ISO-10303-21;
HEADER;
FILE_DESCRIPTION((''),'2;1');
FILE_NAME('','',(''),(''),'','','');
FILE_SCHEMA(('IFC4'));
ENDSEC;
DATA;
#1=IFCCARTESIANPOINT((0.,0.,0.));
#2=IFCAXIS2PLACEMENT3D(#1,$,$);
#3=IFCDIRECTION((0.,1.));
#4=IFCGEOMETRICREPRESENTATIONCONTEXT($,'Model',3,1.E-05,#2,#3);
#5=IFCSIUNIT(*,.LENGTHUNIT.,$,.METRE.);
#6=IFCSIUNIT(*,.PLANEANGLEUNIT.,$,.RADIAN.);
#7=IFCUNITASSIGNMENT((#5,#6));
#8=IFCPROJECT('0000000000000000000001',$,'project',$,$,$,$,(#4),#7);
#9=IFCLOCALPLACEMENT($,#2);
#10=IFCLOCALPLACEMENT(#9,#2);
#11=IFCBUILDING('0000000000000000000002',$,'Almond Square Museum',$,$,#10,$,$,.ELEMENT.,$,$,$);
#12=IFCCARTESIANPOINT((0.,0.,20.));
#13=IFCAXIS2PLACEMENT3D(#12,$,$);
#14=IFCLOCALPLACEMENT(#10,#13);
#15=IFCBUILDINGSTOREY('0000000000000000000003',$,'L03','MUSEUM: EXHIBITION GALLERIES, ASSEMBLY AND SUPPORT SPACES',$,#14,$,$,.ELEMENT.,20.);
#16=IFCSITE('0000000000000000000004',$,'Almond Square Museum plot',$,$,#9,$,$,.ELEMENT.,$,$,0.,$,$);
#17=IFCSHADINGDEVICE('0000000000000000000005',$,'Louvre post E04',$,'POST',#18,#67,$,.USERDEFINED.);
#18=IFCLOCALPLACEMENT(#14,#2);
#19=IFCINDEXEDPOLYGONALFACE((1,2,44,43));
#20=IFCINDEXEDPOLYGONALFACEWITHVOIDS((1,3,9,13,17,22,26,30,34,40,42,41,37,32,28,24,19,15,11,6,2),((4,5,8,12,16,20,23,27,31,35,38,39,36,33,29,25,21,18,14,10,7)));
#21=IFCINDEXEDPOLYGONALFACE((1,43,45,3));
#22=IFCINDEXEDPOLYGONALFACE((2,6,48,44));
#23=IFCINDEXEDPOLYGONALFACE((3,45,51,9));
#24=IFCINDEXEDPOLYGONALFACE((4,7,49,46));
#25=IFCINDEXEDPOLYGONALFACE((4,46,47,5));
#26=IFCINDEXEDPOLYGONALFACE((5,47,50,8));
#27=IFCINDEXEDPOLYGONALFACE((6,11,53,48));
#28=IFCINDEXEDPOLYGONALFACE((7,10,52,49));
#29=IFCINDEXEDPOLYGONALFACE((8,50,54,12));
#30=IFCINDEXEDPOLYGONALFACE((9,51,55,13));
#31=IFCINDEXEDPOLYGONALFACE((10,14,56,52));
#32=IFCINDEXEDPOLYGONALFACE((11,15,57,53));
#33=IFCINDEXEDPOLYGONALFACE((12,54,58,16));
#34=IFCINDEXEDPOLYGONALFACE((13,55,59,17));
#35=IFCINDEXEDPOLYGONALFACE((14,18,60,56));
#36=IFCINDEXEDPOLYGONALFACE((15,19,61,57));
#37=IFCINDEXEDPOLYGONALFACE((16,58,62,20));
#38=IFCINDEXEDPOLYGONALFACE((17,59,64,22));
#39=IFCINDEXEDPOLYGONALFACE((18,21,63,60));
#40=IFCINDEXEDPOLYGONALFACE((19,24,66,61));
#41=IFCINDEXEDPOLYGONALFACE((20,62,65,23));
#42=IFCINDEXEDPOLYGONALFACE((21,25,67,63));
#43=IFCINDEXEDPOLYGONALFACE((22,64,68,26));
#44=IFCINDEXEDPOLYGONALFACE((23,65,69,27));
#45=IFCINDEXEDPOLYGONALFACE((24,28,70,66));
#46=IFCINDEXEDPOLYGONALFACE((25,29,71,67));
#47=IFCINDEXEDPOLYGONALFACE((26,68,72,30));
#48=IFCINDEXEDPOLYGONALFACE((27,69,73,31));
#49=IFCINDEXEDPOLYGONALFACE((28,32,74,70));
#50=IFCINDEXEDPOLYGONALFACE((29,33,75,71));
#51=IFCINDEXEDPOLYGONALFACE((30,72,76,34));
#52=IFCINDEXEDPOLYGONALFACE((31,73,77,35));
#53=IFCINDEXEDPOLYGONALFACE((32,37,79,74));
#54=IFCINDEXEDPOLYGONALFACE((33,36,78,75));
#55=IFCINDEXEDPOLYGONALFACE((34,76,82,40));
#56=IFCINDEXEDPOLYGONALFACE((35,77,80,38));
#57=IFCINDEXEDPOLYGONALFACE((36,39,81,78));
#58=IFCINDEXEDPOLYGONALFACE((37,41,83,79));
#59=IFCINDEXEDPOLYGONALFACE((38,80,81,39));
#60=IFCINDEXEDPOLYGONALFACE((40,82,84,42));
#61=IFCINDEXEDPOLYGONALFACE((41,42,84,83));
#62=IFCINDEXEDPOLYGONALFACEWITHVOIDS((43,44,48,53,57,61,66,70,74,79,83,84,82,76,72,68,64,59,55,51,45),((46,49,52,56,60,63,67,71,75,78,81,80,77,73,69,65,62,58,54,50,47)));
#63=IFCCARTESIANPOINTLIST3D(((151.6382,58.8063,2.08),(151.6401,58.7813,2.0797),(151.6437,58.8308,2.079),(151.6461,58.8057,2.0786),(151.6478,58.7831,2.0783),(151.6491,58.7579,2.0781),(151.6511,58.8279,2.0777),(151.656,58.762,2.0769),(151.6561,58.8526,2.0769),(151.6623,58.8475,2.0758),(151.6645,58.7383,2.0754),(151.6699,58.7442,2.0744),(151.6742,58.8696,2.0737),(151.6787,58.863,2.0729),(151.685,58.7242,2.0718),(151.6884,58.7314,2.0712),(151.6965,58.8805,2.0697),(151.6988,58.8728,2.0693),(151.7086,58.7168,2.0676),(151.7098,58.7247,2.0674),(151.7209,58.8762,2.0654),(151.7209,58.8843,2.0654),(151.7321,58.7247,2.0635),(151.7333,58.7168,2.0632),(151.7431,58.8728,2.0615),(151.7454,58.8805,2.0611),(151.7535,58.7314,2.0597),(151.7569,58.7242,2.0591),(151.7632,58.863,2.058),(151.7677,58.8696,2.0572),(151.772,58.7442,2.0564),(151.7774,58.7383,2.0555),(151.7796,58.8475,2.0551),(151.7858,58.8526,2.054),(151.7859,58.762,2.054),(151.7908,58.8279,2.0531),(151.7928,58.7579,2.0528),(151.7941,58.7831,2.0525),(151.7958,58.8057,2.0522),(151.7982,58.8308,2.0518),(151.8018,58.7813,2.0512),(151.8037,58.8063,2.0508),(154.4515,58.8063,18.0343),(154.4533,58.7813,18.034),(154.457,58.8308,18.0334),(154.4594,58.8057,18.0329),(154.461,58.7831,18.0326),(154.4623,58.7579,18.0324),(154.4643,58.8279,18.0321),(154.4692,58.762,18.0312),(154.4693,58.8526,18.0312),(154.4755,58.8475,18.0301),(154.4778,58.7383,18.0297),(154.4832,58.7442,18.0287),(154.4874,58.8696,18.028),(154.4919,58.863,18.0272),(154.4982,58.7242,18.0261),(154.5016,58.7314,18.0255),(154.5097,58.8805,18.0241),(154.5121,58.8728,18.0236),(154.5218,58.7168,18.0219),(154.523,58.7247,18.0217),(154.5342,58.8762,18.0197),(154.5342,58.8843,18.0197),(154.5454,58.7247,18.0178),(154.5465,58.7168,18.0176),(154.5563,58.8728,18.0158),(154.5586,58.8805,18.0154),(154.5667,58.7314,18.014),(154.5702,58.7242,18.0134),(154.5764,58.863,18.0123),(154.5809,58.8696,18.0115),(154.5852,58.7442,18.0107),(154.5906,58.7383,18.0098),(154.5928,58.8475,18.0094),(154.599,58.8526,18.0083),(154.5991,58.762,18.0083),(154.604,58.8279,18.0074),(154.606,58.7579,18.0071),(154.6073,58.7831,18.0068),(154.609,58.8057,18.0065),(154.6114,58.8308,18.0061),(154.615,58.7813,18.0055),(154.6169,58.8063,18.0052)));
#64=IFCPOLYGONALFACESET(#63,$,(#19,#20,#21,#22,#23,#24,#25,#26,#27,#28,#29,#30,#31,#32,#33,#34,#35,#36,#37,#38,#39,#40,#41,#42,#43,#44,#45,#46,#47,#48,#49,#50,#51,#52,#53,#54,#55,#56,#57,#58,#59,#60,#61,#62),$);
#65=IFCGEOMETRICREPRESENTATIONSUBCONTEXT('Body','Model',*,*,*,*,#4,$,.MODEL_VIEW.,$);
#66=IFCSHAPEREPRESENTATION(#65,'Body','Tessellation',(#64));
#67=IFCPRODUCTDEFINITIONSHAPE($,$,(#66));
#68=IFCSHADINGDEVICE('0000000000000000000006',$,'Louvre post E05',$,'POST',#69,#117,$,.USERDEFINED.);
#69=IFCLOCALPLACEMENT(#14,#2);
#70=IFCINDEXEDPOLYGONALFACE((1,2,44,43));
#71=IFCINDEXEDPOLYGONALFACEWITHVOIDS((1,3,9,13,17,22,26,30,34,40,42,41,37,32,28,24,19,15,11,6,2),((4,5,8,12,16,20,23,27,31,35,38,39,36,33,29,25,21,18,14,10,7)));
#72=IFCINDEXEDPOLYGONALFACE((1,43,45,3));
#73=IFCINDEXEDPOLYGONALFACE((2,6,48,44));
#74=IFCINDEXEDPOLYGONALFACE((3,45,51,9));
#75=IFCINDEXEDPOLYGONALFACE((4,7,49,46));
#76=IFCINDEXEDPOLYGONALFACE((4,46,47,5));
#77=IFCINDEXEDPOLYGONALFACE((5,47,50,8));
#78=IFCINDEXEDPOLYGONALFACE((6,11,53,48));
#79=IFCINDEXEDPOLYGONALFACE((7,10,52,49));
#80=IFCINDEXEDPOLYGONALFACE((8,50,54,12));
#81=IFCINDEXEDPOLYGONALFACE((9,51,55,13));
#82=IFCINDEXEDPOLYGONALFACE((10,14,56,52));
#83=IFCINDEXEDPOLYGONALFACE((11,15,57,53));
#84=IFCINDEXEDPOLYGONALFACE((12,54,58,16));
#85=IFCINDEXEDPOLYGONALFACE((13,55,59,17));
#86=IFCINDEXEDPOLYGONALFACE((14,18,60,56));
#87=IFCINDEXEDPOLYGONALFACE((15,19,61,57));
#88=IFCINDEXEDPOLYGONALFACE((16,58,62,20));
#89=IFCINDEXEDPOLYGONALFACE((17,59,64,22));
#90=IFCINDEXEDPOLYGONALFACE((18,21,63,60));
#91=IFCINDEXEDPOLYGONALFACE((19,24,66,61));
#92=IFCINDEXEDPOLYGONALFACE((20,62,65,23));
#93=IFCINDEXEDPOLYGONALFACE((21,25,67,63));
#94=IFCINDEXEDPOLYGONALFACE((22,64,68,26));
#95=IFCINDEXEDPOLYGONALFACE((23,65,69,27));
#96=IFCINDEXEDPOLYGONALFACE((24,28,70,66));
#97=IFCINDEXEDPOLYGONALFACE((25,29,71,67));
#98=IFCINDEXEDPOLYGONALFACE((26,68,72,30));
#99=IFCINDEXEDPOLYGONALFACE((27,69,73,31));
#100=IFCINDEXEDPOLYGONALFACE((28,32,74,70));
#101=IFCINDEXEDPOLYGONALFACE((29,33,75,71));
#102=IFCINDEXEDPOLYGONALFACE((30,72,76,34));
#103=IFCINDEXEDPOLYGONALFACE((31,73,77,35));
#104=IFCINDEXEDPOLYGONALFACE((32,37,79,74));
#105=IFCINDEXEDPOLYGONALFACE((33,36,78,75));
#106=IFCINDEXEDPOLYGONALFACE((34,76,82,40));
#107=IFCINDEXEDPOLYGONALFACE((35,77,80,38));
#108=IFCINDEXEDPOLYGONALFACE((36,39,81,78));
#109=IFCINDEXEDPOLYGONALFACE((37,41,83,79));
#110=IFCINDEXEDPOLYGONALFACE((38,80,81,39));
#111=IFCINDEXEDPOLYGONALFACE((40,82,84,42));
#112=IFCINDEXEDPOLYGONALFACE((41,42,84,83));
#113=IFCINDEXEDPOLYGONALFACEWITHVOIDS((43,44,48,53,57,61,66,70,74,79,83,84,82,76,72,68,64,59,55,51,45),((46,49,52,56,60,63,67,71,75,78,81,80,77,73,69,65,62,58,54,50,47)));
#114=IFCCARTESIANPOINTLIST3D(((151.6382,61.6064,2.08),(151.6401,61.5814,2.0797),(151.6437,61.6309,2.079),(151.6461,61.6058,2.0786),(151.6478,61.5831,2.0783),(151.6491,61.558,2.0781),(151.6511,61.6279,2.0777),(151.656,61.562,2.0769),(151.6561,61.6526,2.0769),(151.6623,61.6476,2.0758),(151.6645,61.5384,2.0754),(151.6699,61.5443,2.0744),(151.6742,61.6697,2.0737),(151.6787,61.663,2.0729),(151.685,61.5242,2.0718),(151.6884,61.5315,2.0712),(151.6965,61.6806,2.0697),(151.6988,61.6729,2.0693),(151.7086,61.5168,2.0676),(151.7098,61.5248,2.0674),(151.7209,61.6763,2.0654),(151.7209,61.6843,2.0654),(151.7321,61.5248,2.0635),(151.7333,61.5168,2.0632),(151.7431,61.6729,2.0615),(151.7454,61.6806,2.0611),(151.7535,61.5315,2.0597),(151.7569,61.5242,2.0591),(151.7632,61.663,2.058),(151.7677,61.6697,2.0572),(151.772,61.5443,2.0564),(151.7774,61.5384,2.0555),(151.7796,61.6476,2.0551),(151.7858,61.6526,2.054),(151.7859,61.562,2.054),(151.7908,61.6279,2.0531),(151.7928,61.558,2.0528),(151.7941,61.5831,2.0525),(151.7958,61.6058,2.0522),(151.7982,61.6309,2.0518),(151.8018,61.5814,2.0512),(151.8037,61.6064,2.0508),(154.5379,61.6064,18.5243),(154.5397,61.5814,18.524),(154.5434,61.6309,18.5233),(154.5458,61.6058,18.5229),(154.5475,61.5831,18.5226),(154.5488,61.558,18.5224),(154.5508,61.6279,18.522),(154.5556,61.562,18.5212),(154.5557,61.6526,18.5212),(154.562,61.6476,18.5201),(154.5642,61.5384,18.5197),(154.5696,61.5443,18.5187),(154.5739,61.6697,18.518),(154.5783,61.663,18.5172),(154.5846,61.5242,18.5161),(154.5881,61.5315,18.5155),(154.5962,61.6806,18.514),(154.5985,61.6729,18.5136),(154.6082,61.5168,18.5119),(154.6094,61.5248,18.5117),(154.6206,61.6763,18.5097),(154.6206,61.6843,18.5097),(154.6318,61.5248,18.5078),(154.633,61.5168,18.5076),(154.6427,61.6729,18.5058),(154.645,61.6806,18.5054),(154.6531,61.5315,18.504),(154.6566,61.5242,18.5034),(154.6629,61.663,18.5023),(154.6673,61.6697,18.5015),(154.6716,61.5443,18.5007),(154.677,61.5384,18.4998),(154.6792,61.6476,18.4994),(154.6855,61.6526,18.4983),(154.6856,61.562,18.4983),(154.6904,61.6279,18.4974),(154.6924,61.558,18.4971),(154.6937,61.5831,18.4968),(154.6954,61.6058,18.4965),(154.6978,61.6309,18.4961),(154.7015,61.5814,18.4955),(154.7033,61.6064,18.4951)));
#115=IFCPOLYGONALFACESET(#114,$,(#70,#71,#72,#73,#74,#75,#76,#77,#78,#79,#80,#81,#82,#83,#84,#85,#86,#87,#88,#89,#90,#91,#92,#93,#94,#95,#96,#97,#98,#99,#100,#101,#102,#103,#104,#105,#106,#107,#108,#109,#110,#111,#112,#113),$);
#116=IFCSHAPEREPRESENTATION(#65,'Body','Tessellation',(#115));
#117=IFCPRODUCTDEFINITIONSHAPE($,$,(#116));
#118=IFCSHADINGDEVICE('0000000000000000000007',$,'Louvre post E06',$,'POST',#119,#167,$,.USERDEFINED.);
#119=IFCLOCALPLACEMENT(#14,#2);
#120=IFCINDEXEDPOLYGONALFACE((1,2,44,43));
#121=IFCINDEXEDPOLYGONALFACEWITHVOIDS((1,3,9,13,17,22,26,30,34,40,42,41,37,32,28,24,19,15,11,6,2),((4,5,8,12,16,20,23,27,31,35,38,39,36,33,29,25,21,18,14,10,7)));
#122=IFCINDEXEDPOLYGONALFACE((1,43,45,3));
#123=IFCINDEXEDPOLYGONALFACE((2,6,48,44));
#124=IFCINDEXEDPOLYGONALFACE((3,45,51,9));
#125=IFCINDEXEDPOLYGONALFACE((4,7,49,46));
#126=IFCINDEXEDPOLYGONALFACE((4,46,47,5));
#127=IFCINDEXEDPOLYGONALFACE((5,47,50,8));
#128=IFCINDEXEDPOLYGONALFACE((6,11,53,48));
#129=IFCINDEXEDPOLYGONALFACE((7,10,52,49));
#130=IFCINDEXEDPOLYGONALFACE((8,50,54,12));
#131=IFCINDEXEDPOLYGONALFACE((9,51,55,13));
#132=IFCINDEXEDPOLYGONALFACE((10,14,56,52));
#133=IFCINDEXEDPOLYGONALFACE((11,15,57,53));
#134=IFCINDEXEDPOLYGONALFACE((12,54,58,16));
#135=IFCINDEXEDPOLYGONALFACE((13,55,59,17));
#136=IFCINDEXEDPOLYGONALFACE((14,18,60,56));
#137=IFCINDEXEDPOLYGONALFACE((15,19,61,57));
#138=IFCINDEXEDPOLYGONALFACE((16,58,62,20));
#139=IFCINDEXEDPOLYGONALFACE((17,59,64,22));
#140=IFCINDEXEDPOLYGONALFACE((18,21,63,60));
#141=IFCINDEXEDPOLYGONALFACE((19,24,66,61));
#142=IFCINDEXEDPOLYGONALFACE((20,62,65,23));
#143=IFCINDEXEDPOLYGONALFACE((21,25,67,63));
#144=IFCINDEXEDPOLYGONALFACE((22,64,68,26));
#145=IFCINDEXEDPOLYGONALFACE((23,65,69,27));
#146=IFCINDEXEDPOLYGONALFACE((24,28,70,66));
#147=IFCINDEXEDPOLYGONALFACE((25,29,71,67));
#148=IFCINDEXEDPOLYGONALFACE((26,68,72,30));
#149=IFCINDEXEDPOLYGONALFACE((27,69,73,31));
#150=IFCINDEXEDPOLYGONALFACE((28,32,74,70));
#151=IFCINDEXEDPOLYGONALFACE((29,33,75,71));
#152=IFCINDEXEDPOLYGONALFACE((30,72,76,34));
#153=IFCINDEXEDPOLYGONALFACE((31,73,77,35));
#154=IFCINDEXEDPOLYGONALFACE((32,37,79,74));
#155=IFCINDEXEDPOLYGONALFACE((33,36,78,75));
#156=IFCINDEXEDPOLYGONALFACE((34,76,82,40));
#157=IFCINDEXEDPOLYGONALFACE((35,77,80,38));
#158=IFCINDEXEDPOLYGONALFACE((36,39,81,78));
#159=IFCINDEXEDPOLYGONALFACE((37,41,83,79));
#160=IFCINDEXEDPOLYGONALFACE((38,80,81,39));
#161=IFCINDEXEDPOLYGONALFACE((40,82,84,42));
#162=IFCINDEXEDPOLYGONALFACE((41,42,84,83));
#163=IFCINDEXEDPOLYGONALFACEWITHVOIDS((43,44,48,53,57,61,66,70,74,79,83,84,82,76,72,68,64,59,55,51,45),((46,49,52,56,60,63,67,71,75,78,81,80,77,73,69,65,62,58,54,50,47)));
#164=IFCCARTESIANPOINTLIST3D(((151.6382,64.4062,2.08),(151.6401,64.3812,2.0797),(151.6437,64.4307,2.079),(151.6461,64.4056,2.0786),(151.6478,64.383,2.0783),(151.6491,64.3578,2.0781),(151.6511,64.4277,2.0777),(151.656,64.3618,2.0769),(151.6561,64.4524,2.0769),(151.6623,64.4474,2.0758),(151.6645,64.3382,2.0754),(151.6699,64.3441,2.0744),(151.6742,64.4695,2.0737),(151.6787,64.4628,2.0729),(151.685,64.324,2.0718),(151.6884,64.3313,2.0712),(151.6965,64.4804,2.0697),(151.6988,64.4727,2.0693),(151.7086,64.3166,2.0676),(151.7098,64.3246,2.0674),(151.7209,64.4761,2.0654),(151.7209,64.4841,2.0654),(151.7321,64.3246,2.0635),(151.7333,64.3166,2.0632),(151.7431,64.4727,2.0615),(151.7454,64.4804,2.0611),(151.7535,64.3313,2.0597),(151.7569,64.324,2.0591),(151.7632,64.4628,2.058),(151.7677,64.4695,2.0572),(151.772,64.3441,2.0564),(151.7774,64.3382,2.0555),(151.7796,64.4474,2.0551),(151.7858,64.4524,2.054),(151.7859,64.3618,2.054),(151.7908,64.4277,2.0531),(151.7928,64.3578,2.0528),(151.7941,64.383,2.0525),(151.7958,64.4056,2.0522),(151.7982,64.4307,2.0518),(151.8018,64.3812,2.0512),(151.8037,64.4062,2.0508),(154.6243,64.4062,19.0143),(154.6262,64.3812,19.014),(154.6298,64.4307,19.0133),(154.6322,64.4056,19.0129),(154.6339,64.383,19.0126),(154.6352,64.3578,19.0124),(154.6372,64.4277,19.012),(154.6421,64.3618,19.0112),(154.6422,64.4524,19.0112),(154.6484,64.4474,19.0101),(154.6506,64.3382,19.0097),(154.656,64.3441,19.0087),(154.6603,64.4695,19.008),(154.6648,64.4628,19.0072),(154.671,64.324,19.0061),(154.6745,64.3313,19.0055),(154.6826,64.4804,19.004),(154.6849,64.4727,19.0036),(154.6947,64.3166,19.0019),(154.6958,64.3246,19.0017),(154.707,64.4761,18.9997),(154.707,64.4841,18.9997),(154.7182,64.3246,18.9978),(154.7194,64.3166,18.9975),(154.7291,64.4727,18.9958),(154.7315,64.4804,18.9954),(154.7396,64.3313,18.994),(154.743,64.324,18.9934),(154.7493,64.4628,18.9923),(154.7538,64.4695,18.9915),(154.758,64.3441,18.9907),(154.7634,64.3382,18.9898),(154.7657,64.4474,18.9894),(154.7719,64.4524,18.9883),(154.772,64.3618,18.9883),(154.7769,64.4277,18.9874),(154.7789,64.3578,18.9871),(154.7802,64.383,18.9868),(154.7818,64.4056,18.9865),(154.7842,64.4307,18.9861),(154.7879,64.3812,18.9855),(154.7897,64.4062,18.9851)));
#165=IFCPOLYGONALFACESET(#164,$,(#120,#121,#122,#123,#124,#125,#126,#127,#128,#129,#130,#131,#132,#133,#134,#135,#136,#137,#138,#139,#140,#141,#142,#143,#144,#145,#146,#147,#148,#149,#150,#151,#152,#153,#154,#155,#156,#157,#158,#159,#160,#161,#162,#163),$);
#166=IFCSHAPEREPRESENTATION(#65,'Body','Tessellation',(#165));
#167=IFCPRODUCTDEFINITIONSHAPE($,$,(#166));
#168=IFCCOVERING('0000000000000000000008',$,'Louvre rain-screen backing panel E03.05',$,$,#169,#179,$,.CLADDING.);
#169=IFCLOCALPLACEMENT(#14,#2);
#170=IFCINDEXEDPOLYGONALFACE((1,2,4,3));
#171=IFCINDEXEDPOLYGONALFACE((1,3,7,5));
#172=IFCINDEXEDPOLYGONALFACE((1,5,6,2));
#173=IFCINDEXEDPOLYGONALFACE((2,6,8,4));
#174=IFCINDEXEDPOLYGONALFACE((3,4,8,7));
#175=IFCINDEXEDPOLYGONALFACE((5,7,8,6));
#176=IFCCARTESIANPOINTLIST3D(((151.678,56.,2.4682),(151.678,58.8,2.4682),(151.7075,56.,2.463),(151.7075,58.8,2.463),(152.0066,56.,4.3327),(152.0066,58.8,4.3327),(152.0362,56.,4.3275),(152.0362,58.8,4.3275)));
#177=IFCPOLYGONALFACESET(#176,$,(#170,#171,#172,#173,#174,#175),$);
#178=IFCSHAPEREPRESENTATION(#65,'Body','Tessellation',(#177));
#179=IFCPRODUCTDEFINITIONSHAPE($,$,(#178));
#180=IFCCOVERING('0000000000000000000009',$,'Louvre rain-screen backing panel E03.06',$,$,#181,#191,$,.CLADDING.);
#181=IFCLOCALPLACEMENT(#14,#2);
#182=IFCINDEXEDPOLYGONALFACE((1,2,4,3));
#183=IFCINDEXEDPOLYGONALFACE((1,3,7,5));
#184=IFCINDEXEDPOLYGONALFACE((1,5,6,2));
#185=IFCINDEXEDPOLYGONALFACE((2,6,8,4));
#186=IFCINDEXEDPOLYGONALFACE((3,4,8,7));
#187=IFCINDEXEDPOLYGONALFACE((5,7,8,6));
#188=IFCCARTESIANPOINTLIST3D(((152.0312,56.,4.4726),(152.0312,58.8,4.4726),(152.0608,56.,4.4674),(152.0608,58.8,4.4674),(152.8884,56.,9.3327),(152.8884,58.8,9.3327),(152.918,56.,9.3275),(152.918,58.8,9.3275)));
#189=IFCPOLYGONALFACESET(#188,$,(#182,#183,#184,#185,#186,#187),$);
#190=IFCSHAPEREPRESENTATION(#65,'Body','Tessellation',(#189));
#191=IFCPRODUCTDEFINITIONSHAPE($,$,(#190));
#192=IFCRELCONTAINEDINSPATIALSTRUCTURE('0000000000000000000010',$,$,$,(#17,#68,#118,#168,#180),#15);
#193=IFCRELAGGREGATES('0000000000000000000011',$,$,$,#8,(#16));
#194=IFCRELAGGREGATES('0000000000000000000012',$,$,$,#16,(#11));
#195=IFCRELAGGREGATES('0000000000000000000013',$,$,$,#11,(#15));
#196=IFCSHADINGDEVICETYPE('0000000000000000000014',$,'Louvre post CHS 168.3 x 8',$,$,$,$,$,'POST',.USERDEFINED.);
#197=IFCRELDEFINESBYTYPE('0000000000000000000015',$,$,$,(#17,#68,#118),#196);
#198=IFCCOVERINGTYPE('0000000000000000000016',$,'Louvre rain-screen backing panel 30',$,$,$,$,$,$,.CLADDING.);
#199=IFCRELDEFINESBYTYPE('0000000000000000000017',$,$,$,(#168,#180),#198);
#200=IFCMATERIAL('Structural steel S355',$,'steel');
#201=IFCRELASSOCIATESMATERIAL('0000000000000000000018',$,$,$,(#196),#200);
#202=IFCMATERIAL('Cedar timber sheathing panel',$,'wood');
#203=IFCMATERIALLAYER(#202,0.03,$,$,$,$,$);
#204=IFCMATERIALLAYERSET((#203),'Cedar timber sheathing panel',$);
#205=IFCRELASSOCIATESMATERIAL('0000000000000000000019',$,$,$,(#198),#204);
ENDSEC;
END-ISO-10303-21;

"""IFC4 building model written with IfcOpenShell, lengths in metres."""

from ifc_helpers import new_model, si_unit, direction, frame, origin, origin_2d, place, context, subcontext, project, spatial, polyline, hollow_circle, outline, extrude, material, layer, layer_set, material_profile, profile_set, type_object, element, save


model = new_model("IFC4")

# Units and contexts
model_context = context("Model", 3, precision=1e-05, world=origin(), true_north=direction((0.0, 1.0)))
body_context = subcontext(model_context, "Body", "Model", "MODEL_VIEW")
ifc_project = project(units=[si_unit("LENGTHUNIT", "METRE"), si_unit("PLANEANGLEUNIT", "RADIAN")], contexts=[model_context])

# Site, building, storey
site_placement = place(None, origin())
site = spatial("IfcSite", under=ifc_project, at=site_placement, Name="Almond Square Museum plot", CompositionType="ELEMENT", RefElevation=0.0)
building_placement = place(site_placement, origin())
building = spatial("IfcBuilding", under=site, at=building_placement, Name="Almond Square Museum", CompositionType="ELEMENT")
storey_placement = place(building_placement, frame((0.0, 0.0, 20.0)))
storey = spatial("IfcBuildingStorey", under=building, at=storey_placement, Name="L03", Description="MUSEUM: EXHIBITION GALLERIES, ASSEMBLY AND SUPPORT SPACES", CompositionType="ELEMENT", Elevation=20.0)

# Shading devices
ifc_material_1 = material(Name="Structural steel S355", Category="steel")
ifc_material_profile_1 = material_profile(ifc_material_1, hollow_circle(Radius=0.0842, WallThickness=0.0081, at=origin_2d()))
ifc_profile_set_1 = profile_set([ifc_material_profile_1], Name="Structural steel S355")
shading_device_type = type_object("IfcShadingDeviceType", Name="Louvre post CHS 168.3 x 8", ElementType="POST", PredefinedType="USERDEFINED", material=ifc_profile_set_1)
shading_device_1_placement = place(storey_placement, frame((151.7209, 58.8, 2.0654), z_axis=(0.173651, 0.0, 0.984807), x_axis=(0.0, 1.0, 0.0)))
element("IfcShadingDevice", 1, at=shading_device_1_placement, inside=storey, type_object=shading_device_type, Name="Louvre post E04", ObjectType="POST", PredefinedType="USERDEFINED", context=body_context, shape_type="SweptSolid", body=[
    extrude(hollow_circle(Radius=0.0842, WallThickness=0.0081, at=origin_2d()), origin(), (0.0, 0.0, 1.0), 16.2004),
])
shading_device_2_placement = place(storey_placement, frame((151.7209, 61.6001, 2.0654), z_axis=(0.173653, 0.0, 0.984807), x_axis=(0.0, 1.0, 0.0)))
element("IfcShadingDevice", 2, at=shading_device_2_placement, inside=storey, type_object=shading_device_type, Name="Louvre post E05", ObjectType="POST", PredefinedType="USERDEFINED", context=body_context, shape_type="SweptSolid", body=[
    extrude(hollow_circle(Radius=0.0842, WallThickness=0.0081, at=origin_2d()), origin(), (0.0, 0.0, 1.0), 16.698),
])
shading_device_3_placement = place(storey_placement, frame((151.7209, 64.3999, 2.0654), z_axis=(0.173654, 0.0, 0.984807), x_axis=(0.0, 1.0, 0.0)))
element("IfcShadingDevice", 3, at=shading_device_3_placement, inside=storey, type_object=shading_device_type, Name="Louvre post E06", ObjectType="POST", PredefinedType="USERDEFINED", context=body_context, shape_type="SweptSolid", body=[
    extrude(hollow_circle(Radius=0.0842, WallThickness=0.0081, at=origin_2d()), origin(), (0.0, 0.0, 1.0), 17.1956),
])

# Coverings
ifc_material_2 = material(Name="Cedar timber sheathing panel", Category="wood")
ifc_layer_1 = layer(ifc_material_2, 0.03)
ifc_layer_set_1 = layer_set([ifc_layer_1], Name="Cedar timber sheathing panel")
covering_type_1 = type_object("IfcCoveringType", Name="Louvre rain-screen backing panel 30", PredefinedType="CLADDING", material=ifc_layer_set_1)
covering_1_placement = place(storey_placement, frame((151.6929, 56.0, 2.4656), z_axis=(0.984821, 0.0, -0.173572), x_axis=(0.0, 1.0, 0.0)))
element("IfcCovering", 4, at=covering_1_placement, inside=storey, type_object=covering_type_1, Name="Louvre rain-screen backing panel E03.05", PredefinedType="CLADDING", context=body_context, shape_type="SweptSolid", body=[
    extrude(outline(polyline([(0.0, 0.0), (2.8, 0.0), (2.8, 1.8932), (0.0, 1.8932), (0.0, 0.0)])), frame((0.0, 0.0, -0.0151)), (0.0, 0.0, 1.0), 0.03),
])
covering_2_placement = place(storey_placement, frame((152.0461, 56.0, 4.47), z_axis=(0.9848, 0.0, -0.173689), x_axis=(0.0, 1.0, 0.0)))
element("IfcCovering", 5, at=covering_2_placement, inside=storey, type_object=covering_type_1, Name="Louvre rain-screen backing panel E03.06", PredefinedType="CLADDING", context=body_context, shape_type="SweptSolid", body=[
    extrude(outline(polyline([(0.0, 0.0), (2.8, 0.0), (2.8, 4.9351), (0.0, 4.9351), (0.0, 0.0)])), frame((0.0, 0.0, -0.0151)), (0.0, 0.0, 1.0), 0.03),
])

save(model, "model.ifc")
